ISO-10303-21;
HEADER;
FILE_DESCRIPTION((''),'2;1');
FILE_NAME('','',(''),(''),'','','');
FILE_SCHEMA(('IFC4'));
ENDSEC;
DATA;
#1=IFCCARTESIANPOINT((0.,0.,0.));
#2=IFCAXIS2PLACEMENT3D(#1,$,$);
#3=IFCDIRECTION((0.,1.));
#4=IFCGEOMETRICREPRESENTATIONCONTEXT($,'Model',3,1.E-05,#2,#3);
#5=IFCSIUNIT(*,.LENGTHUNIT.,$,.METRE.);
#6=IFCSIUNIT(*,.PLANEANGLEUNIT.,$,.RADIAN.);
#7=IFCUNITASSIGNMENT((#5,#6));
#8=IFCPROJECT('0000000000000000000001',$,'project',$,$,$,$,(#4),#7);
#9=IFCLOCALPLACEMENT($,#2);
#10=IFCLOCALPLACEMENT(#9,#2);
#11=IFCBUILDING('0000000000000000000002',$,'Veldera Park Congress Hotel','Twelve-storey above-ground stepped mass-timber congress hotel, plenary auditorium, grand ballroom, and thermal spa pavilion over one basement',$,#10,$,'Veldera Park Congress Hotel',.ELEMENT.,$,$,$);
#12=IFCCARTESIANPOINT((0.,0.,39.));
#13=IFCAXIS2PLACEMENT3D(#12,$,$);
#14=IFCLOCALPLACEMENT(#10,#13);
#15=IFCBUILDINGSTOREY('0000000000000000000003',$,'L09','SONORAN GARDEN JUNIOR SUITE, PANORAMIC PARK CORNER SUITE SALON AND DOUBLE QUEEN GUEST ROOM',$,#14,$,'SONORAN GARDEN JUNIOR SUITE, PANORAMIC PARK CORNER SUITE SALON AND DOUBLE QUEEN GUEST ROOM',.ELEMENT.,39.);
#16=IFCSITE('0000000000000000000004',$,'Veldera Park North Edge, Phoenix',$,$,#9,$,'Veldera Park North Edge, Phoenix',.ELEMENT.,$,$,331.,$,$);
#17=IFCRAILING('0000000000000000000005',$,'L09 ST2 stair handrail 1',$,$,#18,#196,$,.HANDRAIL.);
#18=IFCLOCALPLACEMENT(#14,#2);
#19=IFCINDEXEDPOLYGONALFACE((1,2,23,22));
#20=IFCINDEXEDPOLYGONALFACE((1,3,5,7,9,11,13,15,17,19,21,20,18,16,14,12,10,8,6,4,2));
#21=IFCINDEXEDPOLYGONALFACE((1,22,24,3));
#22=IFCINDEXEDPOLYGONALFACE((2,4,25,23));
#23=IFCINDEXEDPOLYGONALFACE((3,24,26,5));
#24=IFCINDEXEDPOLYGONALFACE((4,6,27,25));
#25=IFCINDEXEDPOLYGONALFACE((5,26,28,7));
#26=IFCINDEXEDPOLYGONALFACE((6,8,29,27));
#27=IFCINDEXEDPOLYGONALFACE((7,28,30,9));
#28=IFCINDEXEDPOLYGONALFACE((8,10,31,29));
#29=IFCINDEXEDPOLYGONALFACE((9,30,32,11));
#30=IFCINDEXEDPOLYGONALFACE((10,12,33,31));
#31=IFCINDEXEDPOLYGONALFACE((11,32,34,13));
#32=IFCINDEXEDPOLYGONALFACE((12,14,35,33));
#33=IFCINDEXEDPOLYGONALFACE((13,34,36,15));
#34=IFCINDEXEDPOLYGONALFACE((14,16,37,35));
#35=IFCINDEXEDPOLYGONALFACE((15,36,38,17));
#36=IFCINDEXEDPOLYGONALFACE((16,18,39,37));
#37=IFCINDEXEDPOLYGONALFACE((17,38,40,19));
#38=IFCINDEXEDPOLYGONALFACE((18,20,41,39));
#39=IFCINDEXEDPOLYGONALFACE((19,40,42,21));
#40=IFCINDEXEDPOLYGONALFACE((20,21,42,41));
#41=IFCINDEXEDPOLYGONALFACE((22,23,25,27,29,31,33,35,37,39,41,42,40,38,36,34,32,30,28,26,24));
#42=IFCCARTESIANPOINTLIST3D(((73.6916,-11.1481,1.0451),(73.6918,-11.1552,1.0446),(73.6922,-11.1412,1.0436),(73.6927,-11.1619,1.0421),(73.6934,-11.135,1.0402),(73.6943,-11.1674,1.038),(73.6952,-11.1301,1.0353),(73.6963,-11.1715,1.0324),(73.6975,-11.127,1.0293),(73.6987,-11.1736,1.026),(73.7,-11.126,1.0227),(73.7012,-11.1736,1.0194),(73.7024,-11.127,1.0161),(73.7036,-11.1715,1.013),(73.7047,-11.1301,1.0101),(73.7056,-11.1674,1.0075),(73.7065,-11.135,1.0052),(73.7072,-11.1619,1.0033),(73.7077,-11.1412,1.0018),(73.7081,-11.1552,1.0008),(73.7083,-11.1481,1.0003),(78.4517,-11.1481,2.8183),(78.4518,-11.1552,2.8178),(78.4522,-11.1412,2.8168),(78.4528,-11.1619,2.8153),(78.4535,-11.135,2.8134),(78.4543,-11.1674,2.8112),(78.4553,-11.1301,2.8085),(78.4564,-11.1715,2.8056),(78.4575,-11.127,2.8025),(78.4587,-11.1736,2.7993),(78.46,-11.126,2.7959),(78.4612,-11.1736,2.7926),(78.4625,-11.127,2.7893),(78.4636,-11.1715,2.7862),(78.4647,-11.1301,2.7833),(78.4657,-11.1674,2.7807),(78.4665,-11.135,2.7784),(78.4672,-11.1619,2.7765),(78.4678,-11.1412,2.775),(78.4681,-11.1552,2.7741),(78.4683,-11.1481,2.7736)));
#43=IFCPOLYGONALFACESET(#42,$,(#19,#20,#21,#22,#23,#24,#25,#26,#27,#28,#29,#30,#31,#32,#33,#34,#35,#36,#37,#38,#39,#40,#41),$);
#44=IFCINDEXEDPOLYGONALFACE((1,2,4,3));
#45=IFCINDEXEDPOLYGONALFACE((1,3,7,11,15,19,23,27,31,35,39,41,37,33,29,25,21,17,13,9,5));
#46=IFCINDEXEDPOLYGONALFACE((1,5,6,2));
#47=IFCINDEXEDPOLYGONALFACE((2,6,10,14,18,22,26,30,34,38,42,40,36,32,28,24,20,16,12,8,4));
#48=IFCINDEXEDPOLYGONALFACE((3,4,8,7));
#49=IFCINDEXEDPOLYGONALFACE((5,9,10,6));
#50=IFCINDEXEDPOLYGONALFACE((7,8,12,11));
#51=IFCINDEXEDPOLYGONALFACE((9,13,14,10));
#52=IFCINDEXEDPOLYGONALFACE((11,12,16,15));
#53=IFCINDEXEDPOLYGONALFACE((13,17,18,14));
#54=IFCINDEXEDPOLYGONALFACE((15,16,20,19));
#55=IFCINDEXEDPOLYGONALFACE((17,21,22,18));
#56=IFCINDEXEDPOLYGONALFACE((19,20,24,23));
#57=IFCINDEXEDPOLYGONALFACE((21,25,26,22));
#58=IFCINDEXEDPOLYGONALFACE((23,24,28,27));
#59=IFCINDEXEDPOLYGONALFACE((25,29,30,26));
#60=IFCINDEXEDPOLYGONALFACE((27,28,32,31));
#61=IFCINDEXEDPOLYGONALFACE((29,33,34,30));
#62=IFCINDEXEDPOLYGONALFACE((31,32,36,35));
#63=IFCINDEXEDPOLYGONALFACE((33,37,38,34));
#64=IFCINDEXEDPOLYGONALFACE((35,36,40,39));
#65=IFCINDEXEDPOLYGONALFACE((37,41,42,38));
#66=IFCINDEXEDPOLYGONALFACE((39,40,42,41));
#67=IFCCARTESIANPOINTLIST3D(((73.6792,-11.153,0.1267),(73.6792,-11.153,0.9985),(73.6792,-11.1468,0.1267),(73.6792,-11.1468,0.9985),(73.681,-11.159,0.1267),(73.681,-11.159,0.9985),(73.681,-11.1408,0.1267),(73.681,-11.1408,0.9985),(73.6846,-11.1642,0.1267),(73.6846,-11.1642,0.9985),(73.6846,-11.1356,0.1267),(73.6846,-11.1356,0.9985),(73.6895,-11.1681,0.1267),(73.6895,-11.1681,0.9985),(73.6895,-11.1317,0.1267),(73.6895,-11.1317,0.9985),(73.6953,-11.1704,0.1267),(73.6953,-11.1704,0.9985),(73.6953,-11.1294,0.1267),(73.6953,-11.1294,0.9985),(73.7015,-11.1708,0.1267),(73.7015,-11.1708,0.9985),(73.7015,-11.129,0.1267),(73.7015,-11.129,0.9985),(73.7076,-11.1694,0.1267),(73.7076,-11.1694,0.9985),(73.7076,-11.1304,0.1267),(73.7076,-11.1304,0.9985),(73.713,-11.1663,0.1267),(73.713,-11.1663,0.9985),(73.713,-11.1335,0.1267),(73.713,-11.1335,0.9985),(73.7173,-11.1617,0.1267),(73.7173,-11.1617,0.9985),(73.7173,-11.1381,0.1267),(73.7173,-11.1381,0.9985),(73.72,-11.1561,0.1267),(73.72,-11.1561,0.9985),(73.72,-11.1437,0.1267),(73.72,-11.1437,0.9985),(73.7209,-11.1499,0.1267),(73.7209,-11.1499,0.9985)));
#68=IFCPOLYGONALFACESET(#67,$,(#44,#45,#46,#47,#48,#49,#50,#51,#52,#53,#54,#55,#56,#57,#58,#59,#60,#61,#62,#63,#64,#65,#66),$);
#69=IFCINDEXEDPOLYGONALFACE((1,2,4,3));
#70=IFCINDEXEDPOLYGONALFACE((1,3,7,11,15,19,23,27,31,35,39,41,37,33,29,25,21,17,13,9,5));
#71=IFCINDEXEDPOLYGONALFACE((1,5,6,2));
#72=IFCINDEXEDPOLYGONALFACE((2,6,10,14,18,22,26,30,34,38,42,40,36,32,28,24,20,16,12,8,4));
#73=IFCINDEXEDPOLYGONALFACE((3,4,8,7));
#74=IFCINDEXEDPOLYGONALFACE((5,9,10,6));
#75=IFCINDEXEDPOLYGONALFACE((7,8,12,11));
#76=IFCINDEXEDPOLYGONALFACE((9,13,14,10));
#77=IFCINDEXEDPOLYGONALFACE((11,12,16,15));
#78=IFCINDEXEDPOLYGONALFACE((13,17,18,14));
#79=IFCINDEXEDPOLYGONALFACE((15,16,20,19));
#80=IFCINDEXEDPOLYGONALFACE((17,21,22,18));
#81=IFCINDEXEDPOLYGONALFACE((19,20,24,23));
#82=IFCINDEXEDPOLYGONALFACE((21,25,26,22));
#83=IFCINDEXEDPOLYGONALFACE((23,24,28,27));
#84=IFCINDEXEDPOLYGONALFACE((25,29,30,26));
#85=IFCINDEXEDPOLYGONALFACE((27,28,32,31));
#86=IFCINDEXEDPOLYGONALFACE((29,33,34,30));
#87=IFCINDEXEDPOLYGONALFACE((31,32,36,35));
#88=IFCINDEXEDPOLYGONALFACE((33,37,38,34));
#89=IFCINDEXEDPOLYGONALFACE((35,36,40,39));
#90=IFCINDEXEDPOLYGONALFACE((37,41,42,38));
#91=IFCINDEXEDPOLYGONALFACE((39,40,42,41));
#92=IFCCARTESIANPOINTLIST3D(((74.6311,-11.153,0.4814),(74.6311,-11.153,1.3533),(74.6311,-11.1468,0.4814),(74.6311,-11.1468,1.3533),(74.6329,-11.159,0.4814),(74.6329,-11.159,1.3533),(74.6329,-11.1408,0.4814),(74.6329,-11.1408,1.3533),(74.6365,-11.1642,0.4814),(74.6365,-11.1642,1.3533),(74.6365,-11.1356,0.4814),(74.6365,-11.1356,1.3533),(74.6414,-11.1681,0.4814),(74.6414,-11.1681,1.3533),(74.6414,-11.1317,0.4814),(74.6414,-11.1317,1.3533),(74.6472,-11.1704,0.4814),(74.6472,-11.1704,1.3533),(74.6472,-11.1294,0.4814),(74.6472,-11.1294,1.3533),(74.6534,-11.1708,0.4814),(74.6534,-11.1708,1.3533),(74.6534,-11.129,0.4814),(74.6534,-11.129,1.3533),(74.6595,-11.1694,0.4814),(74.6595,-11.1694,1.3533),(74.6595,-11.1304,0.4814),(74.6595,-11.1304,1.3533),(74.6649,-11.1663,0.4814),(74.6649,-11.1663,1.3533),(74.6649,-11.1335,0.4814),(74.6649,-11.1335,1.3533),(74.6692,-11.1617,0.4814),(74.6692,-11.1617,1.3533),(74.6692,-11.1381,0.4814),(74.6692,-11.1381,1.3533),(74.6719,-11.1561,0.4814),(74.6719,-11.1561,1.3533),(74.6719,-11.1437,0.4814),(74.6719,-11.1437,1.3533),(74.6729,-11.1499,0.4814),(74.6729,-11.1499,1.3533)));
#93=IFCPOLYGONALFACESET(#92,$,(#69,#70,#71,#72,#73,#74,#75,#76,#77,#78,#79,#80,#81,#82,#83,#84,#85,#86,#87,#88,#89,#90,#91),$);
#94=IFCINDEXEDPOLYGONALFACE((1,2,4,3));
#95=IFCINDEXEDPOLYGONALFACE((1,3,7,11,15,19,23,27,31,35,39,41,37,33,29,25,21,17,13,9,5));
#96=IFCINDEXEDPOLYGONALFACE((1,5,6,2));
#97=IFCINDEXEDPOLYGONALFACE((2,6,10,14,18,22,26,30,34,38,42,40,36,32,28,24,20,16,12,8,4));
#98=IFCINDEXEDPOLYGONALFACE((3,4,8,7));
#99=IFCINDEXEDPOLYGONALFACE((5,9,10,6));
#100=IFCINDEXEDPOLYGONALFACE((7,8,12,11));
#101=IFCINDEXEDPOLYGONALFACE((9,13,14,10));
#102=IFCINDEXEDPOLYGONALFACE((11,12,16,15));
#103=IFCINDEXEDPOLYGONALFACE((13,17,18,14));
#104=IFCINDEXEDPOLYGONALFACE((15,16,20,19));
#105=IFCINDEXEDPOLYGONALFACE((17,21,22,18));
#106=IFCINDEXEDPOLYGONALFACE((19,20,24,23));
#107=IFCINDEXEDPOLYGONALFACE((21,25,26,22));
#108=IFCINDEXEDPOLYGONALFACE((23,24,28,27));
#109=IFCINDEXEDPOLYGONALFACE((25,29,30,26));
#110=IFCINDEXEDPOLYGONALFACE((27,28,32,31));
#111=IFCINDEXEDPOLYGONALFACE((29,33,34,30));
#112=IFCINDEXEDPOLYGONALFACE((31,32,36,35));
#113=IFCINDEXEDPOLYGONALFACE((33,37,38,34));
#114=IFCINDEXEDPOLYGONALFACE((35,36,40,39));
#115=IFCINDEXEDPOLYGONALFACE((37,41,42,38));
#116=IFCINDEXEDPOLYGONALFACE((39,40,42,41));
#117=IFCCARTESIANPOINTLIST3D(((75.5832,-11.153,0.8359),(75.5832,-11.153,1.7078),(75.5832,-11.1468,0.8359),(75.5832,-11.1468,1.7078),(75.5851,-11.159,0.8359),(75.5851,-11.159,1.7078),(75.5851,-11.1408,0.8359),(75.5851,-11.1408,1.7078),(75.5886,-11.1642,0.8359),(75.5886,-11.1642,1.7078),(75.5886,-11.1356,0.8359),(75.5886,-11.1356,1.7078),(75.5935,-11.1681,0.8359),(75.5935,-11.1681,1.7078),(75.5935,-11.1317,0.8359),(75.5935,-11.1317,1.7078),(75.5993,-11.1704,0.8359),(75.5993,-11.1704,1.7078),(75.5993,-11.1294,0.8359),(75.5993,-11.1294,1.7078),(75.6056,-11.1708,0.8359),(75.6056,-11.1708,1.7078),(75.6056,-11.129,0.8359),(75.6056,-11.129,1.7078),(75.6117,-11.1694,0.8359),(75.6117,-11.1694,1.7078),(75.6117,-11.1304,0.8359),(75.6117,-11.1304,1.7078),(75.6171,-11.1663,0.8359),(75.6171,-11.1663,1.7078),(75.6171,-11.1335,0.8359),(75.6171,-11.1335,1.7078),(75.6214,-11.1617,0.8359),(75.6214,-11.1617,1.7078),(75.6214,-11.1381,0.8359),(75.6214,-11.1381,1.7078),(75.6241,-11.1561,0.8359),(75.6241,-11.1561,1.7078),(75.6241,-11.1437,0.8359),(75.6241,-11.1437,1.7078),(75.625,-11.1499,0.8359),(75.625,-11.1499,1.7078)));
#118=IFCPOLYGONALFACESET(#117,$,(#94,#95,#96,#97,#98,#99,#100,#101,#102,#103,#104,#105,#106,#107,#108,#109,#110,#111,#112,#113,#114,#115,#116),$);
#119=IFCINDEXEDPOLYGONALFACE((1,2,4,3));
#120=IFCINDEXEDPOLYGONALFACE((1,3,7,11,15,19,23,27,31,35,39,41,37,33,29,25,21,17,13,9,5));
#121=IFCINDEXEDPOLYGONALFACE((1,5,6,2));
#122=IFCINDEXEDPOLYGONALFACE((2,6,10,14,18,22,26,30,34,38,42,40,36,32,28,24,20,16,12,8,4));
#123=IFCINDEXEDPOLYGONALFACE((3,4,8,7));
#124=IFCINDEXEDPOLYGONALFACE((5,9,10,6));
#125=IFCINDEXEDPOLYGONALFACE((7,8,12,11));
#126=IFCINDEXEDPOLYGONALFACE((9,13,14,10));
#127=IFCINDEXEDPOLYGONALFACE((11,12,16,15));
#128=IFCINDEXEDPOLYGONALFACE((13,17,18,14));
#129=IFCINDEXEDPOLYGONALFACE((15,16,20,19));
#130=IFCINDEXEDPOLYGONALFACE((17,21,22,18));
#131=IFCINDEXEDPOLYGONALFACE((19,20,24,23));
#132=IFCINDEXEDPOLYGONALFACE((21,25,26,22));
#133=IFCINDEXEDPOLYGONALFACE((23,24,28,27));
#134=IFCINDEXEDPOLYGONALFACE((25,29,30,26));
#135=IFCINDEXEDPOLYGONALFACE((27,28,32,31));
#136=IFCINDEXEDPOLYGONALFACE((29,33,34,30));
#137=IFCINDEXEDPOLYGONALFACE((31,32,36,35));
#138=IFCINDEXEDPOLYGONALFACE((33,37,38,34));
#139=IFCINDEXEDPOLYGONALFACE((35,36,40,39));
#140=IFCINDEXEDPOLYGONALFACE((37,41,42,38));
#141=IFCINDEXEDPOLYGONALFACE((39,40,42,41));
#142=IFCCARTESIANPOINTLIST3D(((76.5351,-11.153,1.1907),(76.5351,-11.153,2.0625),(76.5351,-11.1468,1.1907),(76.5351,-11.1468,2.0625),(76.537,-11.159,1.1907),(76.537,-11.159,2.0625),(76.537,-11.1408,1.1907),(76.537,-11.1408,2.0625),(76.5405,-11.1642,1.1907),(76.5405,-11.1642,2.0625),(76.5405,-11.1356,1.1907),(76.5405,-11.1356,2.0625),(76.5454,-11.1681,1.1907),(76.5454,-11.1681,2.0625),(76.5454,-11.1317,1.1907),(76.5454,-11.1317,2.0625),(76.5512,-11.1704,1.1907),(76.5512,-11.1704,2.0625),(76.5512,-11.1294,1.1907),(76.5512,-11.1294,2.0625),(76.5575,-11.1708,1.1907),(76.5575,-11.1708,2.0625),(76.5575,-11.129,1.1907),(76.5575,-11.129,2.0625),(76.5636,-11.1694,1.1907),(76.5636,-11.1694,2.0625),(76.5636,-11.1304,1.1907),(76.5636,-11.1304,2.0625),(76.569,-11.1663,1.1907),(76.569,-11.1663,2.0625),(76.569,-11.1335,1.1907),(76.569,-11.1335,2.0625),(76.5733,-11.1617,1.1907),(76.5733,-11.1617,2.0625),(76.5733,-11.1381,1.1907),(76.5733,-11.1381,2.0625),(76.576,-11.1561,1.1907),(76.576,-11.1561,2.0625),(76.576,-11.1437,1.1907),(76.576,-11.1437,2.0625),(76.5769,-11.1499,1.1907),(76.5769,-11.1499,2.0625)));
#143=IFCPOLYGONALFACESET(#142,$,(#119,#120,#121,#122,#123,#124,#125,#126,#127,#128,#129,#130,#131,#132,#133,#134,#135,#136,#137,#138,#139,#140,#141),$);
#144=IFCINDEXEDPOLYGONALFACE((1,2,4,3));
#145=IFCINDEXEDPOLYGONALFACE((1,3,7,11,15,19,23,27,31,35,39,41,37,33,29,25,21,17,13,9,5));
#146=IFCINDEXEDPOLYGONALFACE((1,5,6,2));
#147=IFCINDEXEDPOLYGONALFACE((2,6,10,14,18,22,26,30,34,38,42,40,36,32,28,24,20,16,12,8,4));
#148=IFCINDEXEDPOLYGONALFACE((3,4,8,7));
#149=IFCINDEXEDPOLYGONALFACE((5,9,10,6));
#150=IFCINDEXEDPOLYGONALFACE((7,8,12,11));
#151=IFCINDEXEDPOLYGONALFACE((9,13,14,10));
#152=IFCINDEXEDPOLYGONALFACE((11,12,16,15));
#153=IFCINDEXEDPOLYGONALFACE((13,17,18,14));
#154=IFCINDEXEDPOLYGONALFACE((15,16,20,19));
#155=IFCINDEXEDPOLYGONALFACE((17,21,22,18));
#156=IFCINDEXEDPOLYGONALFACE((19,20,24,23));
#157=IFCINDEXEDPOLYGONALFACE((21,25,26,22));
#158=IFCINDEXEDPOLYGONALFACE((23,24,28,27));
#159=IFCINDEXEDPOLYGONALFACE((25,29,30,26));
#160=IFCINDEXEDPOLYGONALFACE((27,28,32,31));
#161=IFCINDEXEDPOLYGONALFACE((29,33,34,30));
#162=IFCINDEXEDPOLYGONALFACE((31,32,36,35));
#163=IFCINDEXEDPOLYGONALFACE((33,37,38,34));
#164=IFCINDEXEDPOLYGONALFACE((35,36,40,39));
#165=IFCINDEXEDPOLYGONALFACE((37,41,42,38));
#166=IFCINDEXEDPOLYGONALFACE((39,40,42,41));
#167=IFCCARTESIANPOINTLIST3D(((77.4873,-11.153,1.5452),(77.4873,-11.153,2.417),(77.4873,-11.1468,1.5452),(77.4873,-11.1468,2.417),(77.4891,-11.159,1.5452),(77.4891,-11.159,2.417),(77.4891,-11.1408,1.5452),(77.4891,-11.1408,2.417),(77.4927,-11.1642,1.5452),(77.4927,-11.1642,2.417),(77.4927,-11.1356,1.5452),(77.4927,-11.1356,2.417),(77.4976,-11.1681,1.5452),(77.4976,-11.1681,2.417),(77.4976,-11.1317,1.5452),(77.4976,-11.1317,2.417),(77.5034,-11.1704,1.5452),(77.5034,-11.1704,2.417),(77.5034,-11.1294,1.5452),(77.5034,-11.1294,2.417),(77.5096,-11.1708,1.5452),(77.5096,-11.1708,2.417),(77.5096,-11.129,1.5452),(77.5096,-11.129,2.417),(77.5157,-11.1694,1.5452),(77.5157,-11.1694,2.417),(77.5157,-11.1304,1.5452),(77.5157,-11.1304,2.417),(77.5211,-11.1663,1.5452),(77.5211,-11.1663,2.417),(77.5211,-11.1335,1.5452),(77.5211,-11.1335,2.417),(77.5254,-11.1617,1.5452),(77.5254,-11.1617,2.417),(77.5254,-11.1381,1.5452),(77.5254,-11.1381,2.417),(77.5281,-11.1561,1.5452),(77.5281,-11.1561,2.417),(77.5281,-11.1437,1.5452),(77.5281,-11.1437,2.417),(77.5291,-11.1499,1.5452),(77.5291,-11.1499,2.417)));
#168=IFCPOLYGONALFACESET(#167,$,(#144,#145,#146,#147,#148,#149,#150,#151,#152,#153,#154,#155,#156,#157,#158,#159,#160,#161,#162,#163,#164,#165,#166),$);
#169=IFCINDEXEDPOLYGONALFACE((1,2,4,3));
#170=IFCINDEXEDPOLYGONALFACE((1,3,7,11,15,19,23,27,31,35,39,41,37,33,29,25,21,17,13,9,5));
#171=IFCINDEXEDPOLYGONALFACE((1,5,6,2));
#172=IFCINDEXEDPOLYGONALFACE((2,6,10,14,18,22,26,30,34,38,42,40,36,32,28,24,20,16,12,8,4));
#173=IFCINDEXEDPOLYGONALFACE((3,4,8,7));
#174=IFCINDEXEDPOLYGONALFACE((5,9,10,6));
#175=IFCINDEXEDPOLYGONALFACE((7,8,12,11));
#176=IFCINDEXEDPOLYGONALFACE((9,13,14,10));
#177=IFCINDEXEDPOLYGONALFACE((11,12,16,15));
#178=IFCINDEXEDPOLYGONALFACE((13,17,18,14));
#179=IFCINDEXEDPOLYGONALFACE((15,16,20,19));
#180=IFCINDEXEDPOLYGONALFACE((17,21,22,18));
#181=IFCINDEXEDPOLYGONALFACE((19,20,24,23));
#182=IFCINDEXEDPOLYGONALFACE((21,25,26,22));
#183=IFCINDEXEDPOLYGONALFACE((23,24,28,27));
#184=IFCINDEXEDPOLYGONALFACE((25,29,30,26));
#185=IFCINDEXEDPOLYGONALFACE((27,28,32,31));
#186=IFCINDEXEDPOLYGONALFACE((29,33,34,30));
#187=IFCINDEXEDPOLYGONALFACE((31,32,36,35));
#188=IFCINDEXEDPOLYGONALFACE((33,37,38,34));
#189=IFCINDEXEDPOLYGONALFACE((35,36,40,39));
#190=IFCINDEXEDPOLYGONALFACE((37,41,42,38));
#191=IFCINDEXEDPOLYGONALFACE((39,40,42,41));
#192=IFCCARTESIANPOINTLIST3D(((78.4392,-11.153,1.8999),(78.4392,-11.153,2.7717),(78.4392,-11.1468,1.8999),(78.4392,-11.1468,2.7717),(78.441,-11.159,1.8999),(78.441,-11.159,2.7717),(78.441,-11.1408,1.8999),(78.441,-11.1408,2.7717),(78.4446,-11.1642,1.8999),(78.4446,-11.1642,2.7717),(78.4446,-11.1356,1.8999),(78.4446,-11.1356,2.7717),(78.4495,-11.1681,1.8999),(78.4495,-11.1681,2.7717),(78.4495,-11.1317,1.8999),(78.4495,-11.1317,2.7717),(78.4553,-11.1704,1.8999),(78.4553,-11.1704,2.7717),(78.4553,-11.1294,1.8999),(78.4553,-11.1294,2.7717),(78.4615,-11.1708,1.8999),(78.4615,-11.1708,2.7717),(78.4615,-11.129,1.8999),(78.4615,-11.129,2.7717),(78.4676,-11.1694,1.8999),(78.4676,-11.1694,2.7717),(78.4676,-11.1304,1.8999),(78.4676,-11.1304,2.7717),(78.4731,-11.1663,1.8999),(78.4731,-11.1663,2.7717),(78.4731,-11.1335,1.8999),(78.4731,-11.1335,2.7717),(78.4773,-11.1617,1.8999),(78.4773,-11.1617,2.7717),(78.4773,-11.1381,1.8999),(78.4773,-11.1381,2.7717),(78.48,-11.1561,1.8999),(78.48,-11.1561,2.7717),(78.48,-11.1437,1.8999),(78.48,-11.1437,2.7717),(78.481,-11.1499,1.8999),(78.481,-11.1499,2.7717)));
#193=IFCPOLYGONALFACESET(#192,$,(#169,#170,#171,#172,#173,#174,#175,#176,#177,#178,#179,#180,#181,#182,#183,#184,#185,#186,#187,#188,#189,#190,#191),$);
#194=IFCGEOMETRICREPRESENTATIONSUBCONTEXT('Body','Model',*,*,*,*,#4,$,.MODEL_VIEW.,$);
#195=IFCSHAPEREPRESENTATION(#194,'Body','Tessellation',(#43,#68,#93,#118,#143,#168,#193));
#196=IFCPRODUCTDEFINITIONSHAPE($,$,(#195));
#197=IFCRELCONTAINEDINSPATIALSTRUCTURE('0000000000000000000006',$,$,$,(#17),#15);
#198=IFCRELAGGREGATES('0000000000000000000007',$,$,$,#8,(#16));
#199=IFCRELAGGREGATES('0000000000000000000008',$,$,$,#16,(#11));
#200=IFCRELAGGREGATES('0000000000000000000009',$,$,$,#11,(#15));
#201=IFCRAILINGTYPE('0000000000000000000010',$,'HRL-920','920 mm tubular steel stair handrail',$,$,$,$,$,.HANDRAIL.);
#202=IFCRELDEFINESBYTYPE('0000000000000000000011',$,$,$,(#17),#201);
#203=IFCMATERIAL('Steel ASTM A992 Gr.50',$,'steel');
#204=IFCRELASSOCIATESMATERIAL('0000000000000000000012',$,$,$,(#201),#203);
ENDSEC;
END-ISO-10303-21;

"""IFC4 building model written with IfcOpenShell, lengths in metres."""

from ifc_helpers import new_model, si_unit, direction, frame, origin, origin_2d, place, context, subcontext, project, spatial, circle, extrude, material, type_object, element, save


model = new_model("IFC4")

# Units and contexts
model_context = context("Model", 3, precision=1e-05, world=origin(), true_north=direction((0.0, 1.0)))
body_context = subcontext(model_context, "Body", "Model", "MODEL_VIEW")
ifc_project = project(units=[si_unit("LENGTHUNIT", "METRE"), si_unit("PLANEANGLEUNIT", "RADIAN")], contexts=[model_context])

# Site, building, storey
site_placement = place(None, origin())
site = spatial("IfcSite", under=ifc_project, at=site_placement, Name="Veldera Park North Edge, Phoenix", LongName="Veldera Park North Edge, Phoenix", CompositionType="ELEMENT", RefElevation=331.0)
building_placement = place(site_placement, origin())
building = spatial("IfcBuilding", under=site, at=building_placement, Name="Veldera Park Congress Hotel", Description="Twelve-storey above-ground stepped mass-timber congress hotel, plenary auditorium, grand ballroom, and thermal spa pavilion over one basement", LongName="Veldera Park Congress Hotel", CompositionType="ELEMENT")
storey_placement = place(building_placement, frame((0.0, 0.0, 39.0)))
storey = spatial("IfcBuildingStorey", under=building, at=storey_placement, Name="L09", Description="SONORAN GARDEN JUNIOR SUITE, PANORAMIC PARK CORNER SUITE SALON AND DOUBLE QUEEN GUEST ROOM", LongName="SONORAN GARDEN JUNIOR SUITE, PANORAMIC PARK CORNER SUITE SALON AND DOUBLE QUEEN GUEST ROOM", CompositionType="ELEMENT", Elevation=39.0)

# Railing
ifc_material_1 = material(Name="Steel ASTM A992 Gr.50", Category="steel")
railing_type_1 = type_object("IfcRailingType", Name="HRL-920", Description="920 mm tubular steel stair handrail", PredefinedType="HANDRAIL", material=ifc_material_1)
railing_1_placement = place(storey_placement, frame((73.7, -11.1499, 0.1267)))
element("IfcRailing", 1, at=railing_1_placement, inside=storey, type_object=railing_type_1, Name="L09 ST2 stair handrail 1", PredefinedType="HANDRAIL", context=body_context, shape_type="SweptSolid", body=[
    extrude(circle(Radius=0.0239, at=origin_2d()), frame((0.0, 0.0, 0.896), z_axis=(0.937091, 0.0, 0.349084), x_axis=(0.0, 1.0, 0.0)), (0.0, 0.0, 1.0), 5.0796),
    extrude(circle(Radius=0.021, at=origin_2d()), origin(), (0.0, 0.0, 1.0), 0.8718),
    extrude(circle(Radius=0.021, at=origin_2d()), frame((0.9519, 0.0, 0.3547)), (0.0, 0.0, 1.0), 0.8718),
    extrude(circle(Radius=0.021, at=origin_2d()), frame((1.9041, 0.0, 0.7092)), (0.0, 0.0, 1.0), 0.8718),
    extrude(circle(Radius=0.021, at=origin_2d()), frame((2.856, 0.0, 1.064)), (0.0, 0.0, 1.0), 0.8718),
    extrude(circle(Radius=0.021, at=origin_2d()), frame((3.8081, 0.0, 1.4185)), (0.0, 0.0, 1.0), 0.8718),
    extrude(circle(Radius=0.021, at=origin_2d()), frame((4.76, 0.0, 1.7732)), (0.0, 0.0, 1.0), 0.8718),
])

save(model, "model.ifc")
